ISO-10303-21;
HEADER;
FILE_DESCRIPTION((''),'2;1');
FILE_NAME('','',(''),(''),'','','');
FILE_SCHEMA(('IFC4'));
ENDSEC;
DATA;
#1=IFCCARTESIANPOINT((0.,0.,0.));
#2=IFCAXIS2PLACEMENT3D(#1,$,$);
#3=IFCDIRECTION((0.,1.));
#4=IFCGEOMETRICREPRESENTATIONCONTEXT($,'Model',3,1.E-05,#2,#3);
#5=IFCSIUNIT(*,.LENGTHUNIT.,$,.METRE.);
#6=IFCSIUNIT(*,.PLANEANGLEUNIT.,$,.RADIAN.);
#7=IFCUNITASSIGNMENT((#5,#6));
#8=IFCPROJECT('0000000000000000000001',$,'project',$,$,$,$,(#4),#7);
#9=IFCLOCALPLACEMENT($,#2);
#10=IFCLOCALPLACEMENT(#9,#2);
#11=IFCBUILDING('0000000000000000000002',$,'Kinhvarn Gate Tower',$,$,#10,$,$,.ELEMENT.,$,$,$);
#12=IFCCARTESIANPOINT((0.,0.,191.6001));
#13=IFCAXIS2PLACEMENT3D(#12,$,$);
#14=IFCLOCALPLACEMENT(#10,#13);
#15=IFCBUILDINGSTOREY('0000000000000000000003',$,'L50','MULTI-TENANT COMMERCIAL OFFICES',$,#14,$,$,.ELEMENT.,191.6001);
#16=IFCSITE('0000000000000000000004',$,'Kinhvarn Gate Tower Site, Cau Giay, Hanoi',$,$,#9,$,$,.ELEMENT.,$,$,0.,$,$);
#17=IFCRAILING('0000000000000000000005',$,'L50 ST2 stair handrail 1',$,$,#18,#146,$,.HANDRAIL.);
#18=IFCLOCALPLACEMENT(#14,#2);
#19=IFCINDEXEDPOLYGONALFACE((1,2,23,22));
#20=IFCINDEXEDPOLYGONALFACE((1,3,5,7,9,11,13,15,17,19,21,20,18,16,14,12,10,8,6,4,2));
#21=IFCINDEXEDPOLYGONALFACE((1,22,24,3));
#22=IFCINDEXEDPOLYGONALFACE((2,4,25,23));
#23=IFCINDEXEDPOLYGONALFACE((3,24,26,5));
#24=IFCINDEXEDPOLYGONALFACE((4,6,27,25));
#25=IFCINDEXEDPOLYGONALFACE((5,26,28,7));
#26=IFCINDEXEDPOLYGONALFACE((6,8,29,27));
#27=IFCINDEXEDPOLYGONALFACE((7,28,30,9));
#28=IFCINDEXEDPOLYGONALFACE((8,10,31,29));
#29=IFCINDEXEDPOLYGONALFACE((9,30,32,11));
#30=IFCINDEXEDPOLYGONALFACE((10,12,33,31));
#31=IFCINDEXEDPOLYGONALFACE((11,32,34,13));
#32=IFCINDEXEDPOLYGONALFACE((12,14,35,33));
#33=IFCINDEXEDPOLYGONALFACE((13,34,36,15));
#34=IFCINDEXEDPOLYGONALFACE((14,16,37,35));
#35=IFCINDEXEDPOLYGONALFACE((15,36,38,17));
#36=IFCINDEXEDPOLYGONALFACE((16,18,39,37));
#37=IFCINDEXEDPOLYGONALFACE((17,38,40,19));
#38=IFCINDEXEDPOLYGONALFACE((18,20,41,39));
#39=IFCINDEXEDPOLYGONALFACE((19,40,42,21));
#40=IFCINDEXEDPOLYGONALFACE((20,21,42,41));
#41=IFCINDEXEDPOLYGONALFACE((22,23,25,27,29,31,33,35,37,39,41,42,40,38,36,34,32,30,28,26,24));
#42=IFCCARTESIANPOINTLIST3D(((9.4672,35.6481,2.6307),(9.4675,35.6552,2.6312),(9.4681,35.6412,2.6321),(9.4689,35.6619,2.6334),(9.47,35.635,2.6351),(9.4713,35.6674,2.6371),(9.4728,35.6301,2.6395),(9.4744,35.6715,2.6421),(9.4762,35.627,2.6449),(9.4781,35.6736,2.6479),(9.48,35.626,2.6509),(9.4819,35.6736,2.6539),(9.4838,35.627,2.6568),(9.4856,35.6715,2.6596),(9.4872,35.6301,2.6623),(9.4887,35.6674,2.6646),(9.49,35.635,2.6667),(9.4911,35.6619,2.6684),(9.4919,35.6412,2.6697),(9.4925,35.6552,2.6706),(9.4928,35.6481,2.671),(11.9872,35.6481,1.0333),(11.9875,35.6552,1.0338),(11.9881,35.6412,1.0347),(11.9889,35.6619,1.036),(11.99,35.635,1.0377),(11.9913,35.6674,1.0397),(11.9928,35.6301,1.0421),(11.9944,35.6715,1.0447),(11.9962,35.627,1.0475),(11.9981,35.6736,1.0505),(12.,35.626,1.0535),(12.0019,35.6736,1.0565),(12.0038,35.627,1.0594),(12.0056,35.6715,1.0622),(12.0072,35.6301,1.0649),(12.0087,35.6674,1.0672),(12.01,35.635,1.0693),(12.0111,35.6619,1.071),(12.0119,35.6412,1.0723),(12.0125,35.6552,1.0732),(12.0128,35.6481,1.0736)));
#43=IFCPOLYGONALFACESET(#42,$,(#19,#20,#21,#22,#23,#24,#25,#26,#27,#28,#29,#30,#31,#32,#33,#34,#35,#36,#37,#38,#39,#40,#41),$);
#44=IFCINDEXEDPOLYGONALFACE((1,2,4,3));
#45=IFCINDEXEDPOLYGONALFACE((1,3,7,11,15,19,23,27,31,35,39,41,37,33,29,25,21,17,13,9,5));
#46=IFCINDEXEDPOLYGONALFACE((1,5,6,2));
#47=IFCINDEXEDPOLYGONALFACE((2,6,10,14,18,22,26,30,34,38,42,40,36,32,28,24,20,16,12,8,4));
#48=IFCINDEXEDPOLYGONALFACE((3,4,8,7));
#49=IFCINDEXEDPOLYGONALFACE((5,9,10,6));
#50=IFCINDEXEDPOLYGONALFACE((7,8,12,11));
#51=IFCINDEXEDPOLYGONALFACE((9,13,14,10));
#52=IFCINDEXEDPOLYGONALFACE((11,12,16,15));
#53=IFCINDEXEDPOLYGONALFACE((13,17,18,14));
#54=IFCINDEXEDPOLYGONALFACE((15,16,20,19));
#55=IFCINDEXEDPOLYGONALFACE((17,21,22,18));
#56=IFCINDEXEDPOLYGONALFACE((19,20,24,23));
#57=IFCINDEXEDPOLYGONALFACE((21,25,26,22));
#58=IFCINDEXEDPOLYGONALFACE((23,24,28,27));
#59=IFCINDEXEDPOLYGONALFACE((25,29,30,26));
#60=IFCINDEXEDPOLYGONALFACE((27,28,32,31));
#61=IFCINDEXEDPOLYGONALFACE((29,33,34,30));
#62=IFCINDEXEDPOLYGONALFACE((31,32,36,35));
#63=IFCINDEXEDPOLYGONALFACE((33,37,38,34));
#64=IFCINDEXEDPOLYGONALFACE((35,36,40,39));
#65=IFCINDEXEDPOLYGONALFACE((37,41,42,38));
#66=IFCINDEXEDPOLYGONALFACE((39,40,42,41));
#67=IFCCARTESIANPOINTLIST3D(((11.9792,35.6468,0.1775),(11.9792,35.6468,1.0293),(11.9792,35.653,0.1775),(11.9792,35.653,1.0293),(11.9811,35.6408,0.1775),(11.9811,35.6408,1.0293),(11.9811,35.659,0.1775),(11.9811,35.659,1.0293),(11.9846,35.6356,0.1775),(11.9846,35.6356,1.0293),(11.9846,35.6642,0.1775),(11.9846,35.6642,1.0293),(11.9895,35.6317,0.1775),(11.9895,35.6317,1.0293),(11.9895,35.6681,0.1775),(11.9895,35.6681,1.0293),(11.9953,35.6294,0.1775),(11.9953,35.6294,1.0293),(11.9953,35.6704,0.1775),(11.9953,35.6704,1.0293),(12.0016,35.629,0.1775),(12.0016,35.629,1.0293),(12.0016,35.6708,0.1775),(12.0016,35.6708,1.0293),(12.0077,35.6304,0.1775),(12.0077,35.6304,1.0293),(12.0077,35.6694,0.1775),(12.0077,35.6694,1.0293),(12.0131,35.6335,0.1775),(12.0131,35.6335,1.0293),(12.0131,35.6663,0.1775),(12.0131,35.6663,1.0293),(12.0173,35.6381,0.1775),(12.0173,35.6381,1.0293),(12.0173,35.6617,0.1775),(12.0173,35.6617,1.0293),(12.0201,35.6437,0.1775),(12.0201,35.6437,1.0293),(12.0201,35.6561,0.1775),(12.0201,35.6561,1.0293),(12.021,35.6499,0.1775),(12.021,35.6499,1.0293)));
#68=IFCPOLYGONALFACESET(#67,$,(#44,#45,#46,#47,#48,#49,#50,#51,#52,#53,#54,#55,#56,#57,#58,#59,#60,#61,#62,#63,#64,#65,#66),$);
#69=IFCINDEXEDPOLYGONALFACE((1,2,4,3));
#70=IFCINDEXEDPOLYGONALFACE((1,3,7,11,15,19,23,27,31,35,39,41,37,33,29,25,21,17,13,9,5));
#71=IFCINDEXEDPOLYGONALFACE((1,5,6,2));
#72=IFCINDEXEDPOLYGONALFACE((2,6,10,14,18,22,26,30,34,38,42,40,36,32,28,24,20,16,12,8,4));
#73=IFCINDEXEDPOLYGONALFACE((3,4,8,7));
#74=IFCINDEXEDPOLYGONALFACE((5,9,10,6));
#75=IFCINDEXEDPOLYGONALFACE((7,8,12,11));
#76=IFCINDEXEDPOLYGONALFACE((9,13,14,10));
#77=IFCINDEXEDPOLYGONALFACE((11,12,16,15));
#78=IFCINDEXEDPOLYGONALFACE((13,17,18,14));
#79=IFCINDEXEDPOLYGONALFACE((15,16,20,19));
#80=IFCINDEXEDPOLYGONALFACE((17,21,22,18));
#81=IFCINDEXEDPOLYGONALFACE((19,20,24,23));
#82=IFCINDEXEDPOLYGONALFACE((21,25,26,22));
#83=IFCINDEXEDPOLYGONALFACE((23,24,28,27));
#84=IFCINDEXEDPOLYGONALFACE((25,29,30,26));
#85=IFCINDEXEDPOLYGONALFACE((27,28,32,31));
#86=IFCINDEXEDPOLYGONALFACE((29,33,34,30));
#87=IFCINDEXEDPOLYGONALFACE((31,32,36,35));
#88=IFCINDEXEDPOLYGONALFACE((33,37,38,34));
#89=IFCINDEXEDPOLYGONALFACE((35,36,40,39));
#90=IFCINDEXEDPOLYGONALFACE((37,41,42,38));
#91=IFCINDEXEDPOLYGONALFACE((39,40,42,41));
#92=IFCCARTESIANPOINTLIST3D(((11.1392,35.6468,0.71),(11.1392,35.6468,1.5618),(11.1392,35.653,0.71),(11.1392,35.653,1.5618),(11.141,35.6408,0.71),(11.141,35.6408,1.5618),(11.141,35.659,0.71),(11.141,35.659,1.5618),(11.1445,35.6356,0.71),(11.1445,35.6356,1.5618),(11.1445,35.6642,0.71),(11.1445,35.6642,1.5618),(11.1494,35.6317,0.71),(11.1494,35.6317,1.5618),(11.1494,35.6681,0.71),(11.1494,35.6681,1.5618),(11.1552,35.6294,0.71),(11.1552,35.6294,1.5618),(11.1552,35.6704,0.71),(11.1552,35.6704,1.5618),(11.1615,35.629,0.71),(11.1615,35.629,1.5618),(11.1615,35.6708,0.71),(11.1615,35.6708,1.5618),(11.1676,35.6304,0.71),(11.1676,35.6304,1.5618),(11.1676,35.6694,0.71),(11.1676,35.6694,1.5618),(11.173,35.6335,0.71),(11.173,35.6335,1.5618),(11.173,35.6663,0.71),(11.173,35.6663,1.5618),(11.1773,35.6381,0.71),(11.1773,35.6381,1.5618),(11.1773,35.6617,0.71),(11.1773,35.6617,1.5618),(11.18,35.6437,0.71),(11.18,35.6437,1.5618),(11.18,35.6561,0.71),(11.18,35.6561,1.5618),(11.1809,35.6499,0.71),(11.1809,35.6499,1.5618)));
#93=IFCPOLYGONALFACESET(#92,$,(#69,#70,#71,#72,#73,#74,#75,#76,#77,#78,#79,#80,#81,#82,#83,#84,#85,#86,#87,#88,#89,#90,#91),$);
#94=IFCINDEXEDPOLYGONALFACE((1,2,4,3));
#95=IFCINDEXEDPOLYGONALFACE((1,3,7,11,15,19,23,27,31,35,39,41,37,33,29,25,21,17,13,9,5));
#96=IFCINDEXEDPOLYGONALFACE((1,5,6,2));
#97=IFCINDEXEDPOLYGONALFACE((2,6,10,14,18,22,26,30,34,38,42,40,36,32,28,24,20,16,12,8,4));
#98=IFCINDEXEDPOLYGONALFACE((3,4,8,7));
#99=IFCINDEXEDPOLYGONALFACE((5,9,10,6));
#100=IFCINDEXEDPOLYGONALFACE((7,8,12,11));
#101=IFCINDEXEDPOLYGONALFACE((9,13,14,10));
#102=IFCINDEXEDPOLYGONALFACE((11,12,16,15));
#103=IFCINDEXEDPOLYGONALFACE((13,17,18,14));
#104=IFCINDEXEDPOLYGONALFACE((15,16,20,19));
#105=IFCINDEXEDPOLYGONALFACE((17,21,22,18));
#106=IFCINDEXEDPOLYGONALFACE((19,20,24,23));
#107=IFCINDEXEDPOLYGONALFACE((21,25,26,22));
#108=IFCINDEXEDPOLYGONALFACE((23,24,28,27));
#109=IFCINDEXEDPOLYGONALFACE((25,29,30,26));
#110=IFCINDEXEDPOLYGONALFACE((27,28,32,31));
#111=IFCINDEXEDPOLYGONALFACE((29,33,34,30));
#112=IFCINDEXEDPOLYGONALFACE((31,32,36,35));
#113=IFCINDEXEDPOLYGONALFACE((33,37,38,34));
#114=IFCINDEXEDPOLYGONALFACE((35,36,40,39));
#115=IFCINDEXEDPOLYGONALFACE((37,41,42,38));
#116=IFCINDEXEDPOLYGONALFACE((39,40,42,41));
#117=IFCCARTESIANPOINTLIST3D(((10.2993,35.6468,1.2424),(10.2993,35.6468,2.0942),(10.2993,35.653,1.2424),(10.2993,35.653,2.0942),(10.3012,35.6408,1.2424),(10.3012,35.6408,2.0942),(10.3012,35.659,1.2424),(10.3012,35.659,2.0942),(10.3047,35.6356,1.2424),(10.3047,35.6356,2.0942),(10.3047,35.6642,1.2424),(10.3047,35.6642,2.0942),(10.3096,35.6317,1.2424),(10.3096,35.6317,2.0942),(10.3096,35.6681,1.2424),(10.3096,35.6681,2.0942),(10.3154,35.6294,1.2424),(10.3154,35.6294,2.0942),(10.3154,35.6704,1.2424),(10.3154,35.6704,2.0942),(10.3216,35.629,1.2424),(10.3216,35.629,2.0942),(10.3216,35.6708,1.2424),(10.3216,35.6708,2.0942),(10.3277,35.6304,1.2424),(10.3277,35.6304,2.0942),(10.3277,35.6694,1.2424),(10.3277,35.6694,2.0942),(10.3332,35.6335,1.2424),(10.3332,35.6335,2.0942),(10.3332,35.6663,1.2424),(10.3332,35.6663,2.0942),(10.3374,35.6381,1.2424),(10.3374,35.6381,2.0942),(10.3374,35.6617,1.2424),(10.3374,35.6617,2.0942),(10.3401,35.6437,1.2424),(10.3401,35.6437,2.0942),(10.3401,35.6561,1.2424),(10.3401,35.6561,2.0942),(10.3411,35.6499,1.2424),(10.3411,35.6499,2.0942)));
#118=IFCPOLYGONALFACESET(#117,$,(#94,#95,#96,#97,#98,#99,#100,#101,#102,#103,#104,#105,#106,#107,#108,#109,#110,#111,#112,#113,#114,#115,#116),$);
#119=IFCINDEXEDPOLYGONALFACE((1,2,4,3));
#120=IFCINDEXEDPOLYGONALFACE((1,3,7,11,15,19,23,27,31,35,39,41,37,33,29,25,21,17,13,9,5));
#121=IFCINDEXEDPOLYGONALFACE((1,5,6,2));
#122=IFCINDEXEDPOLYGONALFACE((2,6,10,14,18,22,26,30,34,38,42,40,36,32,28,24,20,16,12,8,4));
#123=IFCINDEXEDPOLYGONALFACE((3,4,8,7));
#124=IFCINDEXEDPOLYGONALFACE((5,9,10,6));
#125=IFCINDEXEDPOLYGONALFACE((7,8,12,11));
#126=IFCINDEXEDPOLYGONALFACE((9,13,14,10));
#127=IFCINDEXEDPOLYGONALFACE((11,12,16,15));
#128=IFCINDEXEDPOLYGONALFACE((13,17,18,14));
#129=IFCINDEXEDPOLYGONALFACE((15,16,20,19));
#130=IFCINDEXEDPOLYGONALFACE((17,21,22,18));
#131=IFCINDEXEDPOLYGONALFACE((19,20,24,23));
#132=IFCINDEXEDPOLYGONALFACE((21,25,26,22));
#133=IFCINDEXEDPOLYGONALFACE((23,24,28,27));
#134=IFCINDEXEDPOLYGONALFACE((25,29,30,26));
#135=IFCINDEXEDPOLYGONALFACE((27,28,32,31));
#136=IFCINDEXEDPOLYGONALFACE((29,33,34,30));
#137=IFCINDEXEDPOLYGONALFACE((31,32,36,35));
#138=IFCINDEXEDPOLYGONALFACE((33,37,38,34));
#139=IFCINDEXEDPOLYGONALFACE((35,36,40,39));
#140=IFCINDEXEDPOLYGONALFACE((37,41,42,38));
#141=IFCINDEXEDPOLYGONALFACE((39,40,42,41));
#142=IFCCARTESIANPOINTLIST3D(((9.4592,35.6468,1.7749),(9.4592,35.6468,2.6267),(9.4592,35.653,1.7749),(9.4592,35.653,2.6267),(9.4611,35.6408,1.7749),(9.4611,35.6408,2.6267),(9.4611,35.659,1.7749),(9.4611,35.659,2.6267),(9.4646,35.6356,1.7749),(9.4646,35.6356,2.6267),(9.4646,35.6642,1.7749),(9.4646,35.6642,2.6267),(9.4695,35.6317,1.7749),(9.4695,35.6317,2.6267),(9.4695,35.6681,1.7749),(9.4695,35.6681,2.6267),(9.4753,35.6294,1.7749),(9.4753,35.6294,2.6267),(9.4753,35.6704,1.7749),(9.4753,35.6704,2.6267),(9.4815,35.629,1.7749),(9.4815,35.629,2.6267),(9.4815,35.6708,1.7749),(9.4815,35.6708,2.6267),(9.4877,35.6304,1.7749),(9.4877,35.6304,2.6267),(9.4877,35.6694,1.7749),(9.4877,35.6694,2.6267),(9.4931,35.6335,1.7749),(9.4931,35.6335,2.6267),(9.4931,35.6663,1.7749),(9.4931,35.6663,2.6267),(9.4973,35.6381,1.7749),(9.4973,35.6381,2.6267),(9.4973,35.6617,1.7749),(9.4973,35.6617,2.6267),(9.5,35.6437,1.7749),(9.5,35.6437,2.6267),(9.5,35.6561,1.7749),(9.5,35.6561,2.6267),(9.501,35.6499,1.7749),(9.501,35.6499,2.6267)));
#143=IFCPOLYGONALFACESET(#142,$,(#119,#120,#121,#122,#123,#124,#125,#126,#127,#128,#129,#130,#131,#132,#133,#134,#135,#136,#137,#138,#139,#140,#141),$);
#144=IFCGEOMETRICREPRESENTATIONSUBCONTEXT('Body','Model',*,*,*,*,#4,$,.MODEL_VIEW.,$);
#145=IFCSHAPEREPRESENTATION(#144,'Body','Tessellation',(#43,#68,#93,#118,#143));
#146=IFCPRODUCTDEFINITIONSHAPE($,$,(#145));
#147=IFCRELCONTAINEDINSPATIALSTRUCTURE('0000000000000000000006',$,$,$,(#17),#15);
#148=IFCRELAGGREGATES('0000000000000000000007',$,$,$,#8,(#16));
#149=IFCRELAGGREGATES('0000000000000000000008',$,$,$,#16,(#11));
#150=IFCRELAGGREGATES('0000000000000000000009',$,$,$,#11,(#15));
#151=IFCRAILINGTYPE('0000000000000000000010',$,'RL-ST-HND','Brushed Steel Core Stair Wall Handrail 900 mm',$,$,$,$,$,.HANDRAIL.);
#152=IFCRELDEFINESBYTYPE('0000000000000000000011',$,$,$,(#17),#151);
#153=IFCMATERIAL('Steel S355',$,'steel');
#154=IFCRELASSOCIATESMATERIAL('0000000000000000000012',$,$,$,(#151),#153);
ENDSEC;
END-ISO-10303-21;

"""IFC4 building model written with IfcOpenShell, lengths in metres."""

from ifc_helpers import new_model, si_unit, direction, frame, origin, origin_2d, place, context, subcontext, project, spatial, circle, extrude, material, type_object, element, save


model = new_model("IFC4")

# Units and contexts
model_context = context("Model", 3, precision=1e-05, world=origin(), true_north=direction((0.0, 1.0)))
body_context = subcontext(model_context, "Body", "Model", "MODEL_VIEW")
ifc_project = project(units=[si_unit("LENGTHUNIT", "METRE"), si_unit("PLANEANGLEUNIT", "RADIAN")], contexts=[model_context])

# Site, building, storey
site_placement = place(None, origin())
site = spatial("IfcSite", under=ifc_project, at=site_placement, Name="Kinhvarn Gate Tower Site, Cau Giay, Hanoi", CompositionType="ELEMENT", RefElevation=0.0)
building_placement = place(site_placement, origin())
building = spatial("IfcBuilding", under=site, at=building_placement, Name="Kinhvarn Gate Tower", CompositionType="ELEMENT")
storey_placement = place(building_placement, frame((0.0, 0.0, 191.6001)))
storey = spatial("IfcBuildingStorey", under=building, at=storey_placement, Name="L50", Description="MULTI-TENANT COMMERCIAL OFFICES", CompositionType="ELEMENT", Elevation=191.6001)

# Shared definitions
ifc_material_1 = material(Name="Steel S355", Category="steel")

# Railing
railing_type_1 = type_object("IfcRailingType", Name="RL-ST-HND", Description="Brushed Steel Core Stair Wall Handrail 900 mm", PredefinedType="HANDRAIL", material=ifc_material_1)
railing_1_placement = place(storey_placement, frame((12.0, 35.6499, 0.1775)))
element("IfcRailing", 1, at=railing_1_placement, inside=storey, type_object=railing_type_1, Name="L50 ST2 stair handrail 1", PredefinedType="HANDRAIL", context=body_context, shape_type="SweptSolid", body=[
    extrude(circle(Radius=0.0239, at=origin_2d()), frame((0.0, 0.0, 0.876), z_axis=(-0.844607, 0.0, 0.535387), x_axis=(0.0, -1.0, 0.0)), (0.0, 0.0, 1.0), 2.9836),
    extrude(circle(Radius=0.021, at=origin_2d()), origin(), (0.0, 0.0, 1.0), 0.8518),
    extrude(circle(Radius=0.021, at=origin_2d()), frame((-0.8401, 0.0, 0.5325)), (0.0, 0.0, 1.0), 0.8518),
    extrude(circle(Radius=0.021, at=origin_2d()), frame((-1.6799, 0.0, 1.0649)), (0.0, 0.0, 1.0), 0.8518),
    extrude(circle(Radius=0.021, at=origin_2d()), frame((-2.52, 0.0, 1.5974)), (0.0, 0.0, 1.0), 0.8518),
])

save(model, "model.ifc")
